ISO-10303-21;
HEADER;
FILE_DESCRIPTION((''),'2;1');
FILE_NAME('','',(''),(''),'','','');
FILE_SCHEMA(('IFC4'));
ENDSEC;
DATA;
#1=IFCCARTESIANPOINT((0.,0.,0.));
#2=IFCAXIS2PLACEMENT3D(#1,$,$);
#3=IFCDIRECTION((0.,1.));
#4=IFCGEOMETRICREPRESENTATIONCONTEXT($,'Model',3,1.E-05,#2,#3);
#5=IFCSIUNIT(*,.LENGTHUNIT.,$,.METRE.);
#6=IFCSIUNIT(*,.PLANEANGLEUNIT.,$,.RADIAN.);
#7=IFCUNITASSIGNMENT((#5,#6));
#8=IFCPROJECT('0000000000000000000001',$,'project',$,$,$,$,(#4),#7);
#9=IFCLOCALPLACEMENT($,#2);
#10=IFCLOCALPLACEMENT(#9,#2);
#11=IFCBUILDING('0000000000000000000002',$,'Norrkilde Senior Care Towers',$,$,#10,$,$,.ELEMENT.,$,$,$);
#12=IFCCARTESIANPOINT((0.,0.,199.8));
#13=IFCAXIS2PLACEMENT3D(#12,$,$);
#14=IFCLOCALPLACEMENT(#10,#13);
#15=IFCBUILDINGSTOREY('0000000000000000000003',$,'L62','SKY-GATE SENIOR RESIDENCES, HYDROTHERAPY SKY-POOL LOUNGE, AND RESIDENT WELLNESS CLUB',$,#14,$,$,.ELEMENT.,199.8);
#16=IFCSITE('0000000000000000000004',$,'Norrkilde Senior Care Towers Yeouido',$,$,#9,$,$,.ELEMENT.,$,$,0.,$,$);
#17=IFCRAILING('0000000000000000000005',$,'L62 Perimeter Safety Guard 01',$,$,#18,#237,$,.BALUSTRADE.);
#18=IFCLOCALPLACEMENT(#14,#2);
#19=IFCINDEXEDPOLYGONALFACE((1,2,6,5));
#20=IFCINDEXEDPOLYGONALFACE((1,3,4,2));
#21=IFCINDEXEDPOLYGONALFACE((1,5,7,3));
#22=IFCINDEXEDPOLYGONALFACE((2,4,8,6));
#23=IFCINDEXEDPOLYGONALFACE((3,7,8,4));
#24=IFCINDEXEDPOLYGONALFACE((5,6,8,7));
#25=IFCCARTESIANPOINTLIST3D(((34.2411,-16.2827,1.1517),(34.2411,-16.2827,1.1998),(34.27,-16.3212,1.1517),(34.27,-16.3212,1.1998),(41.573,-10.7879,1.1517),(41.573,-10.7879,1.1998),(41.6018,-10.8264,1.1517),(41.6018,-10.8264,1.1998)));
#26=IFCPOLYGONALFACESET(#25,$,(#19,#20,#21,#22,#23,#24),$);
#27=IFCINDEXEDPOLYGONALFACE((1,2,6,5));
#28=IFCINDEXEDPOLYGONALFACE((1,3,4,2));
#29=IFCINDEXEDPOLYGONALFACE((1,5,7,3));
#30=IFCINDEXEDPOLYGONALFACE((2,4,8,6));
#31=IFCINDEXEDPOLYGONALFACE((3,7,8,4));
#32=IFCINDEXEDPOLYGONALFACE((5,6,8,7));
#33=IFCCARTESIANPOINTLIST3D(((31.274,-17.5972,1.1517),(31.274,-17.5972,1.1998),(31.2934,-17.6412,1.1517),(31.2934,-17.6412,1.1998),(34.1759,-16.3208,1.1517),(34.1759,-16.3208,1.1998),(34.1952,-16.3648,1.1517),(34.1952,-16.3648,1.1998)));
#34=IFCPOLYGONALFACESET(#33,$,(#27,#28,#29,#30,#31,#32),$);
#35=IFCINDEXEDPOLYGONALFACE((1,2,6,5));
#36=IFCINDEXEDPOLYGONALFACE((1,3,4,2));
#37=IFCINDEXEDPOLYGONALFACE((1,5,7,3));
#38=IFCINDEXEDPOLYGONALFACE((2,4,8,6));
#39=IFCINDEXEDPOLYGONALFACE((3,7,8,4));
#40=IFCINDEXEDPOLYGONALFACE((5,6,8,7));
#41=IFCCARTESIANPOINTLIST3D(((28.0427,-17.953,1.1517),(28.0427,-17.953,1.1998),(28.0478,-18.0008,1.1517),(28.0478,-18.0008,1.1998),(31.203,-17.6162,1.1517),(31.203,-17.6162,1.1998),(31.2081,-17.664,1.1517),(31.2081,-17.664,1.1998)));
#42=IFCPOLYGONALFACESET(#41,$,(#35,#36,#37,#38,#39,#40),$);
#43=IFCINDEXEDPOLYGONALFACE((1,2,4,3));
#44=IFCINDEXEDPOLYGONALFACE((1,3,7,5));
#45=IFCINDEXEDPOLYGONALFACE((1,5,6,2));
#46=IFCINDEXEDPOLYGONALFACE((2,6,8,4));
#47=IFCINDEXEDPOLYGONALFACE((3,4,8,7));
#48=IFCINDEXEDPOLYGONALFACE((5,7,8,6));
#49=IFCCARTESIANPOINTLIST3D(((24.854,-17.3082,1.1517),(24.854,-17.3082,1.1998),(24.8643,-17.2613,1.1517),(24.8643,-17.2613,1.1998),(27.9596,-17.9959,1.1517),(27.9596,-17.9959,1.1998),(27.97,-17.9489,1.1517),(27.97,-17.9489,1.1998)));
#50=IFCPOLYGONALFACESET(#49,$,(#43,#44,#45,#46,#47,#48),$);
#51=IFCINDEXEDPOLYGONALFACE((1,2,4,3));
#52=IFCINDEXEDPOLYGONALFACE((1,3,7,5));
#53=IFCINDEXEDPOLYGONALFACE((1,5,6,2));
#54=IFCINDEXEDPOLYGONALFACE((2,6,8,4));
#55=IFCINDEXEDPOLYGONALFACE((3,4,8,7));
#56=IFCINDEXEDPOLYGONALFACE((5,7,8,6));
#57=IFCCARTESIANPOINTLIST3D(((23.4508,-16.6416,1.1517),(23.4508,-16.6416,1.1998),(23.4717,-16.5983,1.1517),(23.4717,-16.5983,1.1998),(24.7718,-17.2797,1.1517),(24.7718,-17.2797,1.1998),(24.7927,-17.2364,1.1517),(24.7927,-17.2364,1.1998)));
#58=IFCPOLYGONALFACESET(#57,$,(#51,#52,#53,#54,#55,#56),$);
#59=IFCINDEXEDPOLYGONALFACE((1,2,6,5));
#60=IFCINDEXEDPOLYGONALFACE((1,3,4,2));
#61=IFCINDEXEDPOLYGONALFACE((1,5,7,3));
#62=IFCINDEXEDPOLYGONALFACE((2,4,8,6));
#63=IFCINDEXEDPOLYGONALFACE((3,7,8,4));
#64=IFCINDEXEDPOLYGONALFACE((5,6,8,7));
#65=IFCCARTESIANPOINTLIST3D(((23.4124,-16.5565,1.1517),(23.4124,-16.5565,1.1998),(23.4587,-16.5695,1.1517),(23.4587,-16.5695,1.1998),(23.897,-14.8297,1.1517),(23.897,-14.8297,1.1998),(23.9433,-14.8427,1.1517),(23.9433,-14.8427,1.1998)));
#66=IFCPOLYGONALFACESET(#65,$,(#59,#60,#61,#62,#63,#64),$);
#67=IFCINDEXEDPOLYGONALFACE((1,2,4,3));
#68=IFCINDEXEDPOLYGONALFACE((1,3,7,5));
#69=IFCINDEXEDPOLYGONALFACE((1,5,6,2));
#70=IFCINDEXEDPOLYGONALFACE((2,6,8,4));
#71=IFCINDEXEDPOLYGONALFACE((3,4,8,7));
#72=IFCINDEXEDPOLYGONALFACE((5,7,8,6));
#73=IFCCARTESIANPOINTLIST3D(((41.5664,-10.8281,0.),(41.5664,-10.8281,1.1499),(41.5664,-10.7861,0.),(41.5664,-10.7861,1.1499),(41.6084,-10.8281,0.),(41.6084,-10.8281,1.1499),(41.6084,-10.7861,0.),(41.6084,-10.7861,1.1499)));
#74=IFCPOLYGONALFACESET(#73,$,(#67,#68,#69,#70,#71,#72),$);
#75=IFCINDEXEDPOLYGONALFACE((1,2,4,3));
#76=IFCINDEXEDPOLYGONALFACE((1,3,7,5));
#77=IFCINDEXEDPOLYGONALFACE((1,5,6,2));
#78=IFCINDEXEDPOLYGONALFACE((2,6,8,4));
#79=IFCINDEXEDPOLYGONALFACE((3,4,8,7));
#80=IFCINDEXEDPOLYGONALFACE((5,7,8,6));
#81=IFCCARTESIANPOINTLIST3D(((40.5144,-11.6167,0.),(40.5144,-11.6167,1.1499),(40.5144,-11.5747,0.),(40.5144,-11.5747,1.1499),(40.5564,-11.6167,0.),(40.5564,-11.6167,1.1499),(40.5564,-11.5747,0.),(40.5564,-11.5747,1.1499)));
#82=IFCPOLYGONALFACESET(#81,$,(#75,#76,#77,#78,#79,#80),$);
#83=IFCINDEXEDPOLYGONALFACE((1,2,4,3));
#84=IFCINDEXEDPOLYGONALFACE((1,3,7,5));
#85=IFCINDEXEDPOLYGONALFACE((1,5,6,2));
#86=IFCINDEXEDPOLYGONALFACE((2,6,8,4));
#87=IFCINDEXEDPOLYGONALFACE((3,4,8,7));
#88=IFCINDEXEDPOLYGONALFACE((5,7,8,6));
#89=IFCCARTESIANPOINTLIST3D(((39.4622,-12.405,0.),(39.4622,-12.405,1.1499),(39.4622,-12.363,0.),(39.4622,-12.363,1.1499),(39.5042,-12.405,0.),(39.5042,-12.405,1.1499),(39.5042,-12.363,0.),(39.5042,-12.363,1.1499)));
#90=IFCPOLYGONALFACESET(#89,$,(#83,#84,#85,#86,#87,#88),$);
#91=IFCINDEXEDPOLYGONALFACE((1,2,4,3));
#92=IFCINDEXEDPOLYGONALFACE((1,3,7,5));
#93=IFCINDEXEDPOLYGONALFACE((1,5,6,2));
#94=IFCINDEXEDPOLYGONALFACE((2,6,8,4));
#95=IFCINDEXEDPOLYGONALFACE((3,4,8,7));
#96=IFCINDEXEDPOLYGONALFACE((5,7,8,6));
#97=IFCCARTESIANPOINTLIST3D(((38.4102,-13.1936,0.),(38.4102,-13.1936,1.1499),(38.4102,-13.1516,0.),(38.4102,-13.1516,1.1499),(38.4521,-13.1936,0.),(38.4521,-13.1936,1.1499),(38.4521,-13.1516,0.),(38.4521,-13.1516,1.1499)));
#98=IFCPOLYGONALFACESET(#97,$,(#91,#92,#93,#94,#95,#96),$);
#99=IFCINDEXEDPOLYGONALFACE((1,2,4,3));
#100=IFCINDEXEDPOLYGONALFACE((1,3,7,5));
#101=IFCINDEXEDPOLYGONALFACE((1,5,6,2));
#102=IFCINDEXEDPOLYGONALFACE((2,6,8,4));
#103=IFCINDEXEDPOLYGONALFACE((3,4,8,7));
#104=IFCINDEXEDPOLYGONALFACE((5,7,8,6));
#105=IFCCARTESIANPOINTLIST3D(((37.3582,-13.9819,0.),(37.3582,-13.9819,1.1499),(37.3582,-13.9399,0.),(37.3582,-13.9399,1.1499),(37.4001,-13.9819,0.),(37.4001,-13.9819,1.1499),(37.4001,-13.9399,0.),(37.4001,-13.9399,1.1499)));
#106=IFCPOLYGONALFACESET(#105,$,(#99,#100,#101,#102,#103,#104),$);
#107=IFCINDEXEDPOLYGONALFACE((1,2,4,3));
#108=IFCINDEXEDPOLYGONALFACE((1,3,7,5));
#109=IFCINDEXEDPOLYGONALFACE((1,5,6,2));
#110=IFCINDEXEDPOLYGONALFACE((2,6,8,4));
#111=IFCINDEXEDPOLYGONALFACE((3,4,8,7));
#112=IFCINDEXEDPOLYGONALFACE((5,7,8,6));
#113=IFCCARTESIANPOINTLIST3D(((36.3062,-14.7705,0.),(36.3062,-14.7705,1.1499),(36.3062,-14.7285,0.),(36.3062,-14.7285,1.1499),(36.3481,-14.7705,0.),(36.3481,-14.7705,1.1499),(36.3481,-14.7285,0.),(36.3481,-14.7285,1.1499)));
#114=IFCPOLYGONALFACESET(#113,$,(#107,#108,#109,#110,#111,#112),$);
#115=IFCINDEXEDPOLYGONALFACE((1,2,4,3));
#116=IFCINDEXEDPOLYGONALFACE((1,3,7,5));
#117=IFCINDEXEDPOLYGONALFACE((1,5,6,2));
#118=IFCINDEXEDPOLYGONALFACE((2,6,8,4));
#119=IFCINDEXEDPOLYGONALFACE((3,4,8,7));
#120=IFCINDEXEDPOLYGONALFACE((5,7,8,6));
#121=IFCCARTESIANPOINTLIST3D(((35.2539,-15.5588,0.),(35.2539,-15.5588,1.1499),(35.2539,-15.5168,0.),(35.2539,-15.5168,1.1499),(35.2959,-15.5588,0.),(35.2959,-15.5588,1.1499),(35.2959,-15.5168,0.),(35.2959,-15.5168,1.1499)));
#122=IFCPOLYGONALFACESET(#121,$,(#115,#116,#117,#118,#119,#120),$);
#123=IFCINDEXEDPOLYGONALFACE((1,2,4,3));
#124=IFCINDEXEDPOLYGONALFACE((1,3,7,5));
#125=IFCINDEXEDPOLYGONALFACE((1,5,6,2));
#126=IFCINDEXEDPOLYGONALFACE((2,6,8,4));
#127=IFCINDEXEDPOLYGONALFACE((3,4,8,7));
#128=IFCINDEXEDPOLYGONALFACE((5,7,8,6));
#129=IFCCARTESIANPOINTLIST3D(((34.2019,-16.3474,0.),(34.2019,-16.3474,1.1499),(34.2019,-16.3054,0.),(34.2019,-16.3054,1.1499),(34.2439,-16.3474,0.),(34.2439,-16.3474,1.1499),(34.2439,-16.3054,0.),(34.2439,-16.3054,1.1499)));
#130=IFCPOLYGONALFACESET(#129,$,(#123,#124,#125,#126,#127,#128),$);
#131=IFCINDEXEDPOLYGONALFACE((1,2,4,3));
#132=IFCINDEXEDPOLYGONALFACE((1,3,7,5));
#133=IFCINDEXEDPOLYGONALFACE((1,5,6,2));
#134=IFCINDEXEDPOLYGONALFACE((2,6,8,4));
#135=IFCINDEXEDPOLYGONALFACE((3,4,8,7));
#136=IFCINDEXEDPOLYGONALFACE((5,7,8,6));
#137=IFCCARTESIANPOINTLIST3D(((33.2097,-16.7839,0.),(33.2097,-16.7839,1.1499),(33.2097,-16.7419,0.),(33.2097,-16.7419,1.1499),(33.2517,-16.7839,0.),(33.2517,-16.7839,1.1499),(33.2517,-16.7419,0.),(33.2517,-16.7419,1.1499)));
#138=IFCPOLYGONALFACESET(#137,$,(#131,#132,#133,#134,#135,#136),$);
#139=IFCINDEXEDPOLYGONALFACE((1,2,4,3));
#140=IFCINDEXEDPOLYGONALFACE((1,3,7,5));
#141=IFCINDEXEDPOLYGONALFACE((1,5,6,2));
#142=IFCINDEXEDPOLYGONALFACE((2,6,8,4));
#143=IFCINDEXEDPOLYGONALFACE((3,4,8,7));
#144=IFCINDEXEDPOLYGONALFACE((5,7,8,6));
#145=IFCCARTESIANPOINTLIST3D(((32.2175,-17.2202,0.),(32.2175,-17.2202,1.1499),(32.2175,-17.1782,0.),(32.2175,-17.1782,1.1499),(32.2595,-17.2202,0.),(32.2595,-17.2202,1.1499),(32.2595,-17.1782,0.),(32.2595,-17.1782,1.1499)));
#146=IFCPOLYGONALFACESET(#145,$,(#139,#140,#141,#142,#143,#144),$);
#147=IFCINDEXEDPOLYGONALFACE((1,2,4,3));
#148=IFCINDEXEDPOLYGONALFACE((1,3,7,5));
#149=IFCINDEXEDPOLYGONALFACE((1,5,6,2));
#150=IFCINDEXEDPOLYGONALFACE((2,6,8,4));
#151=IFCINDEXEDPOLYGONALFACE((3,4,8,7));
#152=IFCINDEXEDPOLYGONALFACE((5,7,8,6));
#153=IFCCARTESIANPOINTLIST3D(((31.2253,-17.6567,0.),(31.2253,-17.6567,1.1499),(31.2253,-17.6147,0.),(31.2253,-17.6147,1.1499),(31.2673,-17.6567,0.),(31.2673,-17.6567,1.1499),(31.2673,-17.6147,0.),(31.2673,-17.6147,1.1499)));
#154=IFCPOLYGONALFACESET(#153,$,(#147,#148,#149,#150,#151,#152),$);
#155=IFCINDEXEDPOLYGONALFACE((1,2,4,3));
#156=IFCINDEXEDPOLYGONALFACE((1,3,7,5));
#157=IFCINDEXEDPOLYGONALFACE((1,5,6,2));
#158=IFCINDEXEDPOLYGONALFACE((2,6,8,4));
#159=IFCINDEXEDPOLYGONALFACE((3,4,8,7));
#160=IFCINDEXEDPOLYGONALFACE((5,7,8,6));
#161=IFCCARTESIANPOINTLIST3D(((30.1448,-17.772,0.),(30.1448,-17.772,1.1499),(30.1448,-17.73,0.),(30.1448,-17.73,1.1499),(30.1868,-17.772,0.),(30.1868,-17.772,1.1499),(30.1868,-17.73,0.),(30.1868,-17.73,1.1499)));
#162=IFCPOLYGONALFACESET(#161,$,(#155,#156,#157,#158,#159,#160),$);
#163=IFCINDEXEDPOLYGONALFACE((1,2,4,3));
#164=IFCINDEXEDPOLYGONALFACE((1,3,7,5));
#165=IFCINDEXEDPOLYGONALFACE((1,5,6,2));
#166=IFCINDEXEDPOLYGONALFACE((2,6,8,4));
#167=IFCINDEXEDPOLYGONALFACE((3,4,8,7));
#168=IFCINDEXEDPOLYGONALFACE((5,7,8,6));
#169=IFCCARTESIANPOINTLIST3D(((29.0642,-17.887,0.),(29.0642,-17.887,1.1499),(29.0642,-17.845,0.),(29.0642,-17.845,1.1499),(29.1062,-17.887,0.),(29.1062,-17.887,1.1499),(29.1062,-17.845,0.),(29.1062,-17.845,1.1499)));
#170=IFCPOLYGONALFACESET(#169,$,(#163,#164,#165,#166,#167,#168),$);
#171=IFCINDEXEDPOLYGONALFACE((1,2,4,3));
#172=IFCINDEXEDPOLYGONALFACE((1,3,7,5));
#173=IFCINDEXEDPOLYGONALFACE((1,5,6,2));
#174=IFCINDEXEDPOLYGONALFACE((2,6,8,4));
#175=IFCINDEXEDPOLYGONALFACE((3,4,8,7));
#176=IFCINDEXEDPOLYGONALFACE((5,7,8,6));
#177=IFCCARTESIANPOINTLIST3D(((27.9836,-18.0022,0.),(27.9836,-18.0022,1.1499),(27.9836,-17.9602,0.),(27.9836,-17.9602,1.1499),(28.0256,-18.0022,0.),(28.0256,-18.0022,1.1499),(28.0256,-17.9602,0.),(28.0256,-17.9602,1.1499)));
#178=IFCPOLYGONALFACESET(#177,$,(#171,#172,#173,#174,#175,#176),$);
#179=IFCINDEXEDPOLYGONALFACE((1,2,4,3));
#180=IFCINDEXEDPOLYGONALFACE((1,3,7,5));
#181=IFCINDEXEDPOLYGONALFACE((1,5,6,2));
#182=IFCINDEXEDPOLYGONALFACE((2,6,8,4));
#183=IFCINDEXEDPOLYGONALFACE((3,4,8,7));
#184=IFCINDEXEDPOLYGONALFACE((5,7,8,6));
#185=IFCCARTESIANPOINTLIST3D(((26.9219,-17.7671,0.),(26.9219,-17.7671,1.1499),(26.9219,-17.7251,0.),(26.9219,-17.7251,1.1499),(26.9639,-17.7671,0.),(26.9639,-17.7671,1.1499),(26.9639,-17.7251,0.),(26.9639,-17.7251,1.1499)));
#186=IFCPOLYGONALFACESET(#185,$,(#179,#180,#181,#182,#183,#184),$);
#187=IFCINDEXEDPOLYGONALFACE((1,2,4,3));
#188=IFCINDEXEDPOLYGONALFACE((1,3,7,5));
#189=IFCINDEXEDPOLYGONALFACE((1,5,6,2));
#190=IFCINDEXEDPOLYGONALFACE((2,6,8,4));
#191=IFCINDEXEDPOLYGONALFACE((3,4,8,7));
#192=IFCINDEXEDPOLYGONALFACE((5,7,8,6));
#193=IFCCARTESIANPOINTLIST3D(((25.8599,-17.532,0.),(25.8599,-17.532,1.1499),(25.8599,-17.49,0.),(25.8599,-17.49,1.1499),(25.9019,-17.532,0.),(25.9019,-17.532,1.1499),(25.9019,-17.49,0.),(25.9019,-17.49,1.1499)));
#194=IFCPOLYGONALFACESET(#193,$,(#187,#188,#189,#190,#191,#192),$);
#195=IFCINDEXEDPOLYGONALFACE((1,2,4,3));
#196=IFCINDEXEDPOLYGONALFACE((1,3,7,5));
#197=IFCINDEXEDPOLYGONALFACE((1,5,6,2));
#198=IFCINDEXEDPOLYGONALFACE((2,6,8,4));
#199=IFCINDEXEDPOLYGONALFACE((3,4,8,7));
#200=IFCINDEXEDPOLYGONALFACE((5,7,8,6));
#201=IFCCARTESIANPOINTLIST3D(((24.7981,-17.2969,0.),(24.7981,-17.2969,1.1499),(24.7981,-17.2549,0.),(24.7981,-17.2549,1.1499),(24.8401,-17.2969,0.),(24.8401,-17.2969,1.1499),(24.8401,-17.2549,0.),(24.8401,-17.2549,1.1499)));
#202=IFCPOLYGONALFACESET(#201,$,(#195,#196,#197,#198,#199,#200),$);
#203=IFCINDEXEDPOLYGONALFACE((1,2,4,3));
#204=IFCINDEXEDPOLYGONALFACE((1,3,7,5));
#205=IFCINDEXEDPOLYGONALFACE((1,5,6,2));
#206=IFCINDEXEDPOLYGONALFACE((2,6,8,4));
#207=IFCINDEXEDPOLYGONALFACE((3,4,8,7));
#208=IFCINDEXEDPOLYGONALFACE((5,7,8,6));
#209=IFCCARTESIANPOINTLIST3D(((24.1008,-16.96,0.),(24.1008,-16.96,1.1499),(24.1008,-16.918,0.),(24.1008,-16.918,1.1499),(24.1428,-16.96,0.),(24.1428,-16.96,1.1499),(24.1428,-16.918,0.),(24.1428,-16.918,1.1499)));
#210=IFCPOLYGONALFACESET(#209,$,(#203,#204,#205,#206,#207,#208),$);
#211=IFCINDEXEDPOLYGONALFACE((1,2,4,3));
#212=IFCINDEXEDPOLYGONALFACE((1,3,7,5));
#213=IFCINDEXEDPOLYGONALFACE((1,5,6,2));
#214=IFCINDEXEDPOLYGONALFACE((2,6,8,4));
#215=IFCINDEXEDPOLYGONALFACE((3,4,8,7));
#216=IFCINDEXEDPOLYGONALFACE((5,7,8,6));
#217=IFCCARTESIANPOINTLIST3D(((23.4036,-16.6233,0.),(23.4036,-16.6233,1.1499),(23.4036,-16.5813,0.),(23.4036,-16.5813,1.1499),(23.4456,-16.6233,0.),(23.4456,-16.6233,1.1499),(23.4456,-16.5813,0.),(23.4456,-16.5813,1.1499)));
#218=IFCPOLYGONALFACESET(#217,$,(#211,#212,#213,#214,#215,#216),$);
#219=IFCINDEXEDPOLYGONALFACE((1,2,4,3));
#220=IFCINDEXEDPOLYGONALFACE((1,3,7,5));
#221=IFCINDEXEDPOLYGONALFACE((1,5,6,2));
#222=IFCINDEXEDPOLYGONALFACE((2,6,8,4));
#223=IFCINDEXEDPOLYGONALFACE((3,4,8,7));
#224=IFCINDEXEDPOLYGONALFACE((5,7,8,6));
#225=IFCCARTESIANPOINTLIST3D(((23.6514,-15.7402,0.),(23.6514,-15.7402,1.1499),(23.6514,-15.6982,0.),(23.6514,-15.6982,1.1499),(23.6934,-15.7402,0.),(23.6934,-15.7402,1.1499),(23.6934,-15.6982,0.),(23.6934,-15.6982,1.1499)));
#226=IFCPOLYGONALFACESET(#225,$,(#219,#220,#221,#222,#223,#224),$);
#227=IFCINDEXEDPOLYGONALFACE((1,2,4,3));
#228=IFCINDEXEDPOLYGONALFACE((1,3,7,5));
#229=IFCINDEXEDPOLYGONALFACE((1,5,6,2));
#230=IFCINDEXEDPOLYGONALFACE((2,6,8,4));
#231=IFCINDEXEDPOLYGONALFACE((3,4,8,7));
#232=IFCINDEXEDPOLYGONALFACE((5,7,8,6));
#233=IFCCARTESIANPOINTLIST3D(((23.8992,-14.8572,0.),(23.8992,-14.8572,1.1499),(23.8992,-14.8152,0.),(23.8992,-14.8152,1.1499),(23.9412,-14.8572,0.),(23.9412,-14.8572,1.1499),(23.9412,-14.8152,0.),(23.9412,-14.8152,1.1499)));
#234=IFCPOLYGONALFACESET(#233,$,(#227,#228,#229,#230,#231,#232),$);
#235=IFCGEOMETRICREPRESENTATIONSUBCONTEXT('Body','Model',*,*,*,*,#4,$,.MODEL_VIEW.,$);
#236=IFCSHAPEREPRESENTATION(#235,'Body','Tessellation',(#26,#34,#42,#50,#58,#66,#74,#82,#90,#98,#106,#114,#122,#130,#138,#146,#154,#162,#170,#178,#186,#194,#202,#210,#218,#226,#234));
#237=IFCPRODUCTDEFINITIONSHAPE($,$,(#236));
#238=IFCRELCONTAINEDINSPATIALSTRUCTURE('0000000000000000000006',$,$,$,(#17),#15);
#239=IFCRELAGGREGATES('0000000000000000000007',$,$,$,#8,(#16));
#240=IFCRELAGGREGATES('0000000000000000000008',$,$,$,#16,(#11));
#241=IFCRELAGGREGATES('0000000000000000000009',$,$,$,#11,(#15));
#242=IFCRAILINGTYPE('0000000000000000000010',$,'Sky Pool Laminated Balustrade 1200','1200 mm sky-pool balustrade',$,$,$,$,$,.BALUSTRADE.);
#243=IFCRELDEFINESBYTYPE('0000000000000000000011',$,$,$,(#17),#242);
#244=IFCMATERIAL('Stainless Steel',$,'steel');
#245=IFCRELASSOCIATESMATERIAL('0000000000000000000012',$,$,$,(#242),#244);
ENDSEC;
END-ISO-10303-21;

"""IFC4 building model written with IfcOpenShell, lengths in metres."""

from ifc_helpers import new_model, si_unit, direction, frame, origin, origin_2d, place, context, subcontext, project, spatial, rectangle, extrude, material, type_object, element, save


model = new_model("IFC4")

# Units and contexts
model_context = context("Model", 3, precision=1e-05, world=origin(), true_north=direction((0.0, 1.0)))
body_context = subcontext(model_context, "Body", "Model", "MODEL_VIEW")
ifc_project = project(units=[si_unit("LENGTHUNIT", "METRE"), si_unit("PLANEANGLEUNIT", "RADIAN")], contexts=[model_context])

# Site, building, storey
site_placement = place(None, origin())
site = spatial("IfcSite", under=ifc_project, at=site_placement, Name="Norrkilde Senior Care Towers Yeouido", CompositionType="ELEMENT", RefElevation=0.0)
building_placement = place(site_placement, origin())
building = spatial("IfcBuilding", under=site, at=building_placement, Name="Norrkilde Senior Care Towers", CompositionType="ELEMENT")
storey_placement = place(building_placement, frame((0.0, 0.0, 199.8)))
storey = spatial("IfcBuildingStorey", under=building, at=storey_placement, Name="L62", Description="SKY-GATE SENIOR RESIDENCES, HYDROTHERAPY SKY-POOL LOUNGE, AND RESIDENT WELLNESS CLUB", CompositionType="ELEMENT", Elevation=199.8)

# Railing
ifc_material_1 = material(Name="Stainless Steel", Category="steel")
railing_type = type_object("IfcRailingType", Name="Sky Pool Laminated Balustrade 1200", Description="1200 mm sky-pool balustrade", PredefinedType="BALUSTRADE", material=ifc_material_1)
railing_placement = place(storey_placement, frame((41.5874, -10.8071, 0.0)))
element("IfcRailing", 1, at=railing_placement, inside=storey, type_object=railing_type, Name="L62 Perimeter Safety Guard 01", PredefinedType="BALUSTRADE", context=body_context, shape_type="SweptSolid", body=[
    extrude(rectangle(XDim=0.0481, YDim=0.0481, at=origin_2d()), frame((0.0, 0.0, 1.1758), z_axis=(-0.800213, -0.599716, 0.0), x_axis=(0.599716, -0.800213, 0.0)), (0.0, 0.0, 1.0), 9.1624),
    extrude(rectangle(XDim=0.0481, YDim=0.0481, at=origin_2d()), frame((-7.4019, -5.5356, 1.1758), z_axis=(-0.915356, -0.402646, 0.0), x_axis=(0.402646, -0.915356, 0.0)), (0.0, 0.0, 1.0), 3.1702),
    extrude(rectangle(XDim=0.0481, YDim=0.0481, at=origin_2d()), frame((-10.3818, -6.833, 1.1758), z_axis=(-0.99437, -0.105967, 0.0), x_axis=(0.105967, -0.99437, 0.0)), (0.0, 0.0, 1.0), 3.1782),
    extrude(rectangle(XDim=0.0481, YDim=0.0481, at=origin_2d()), frame((-13.6226, -7.1653, 1.1758), z_axis=(-0.976354, 0.216178, 0.0), x_axis=(-0.216178, -0.976354, 0.0)), (0.0, 0.0, 1.0), 3.1809),
    extrude(rectangle(XDim=0.0481, YDim=0.0481, at=origin_2d()), frame((-16.8052, -6.4509, 1.1758), z_axis=(-0.90046, 0.434939, 0.0), x_axis=(-0.434939, -0.90046, 0.0)), (0.0, 0.0, 1.0), 1.467),
    extrude(rectangle(XDim=0.0481, YDim=0.0481, at=origin_2d()), frame((-18.1519, -5.7559, 1.1758), z_axis=(0.270183, 0.962809, 0.0), x_axis=(-0.962809, 0.270183, 0.0)), (0.0, 0.0, 1.0), 1.7935),
    extrude(rectangle(XDim=0.042, YDim=0.042, at=origin_2d()), origin(), (0.0, 0.0, 1.0), 1.1499),
    extrude(rectangle(XDim=0.042, YDim=0.042, at=origin_2d()), frame((-1.052, -0.7886, 0.0)), (0.0, 0.0, 1.0), 1.1499),
    extrude(rectangle(XDim=0.042, YDim=0.042, at=origin_2d()), frame((-2.1042, -1.5769, 0.0)), (0.0, 0.0, 1.0), 1.1499),
    extrude(rectangle(XDim=0.042, YDim=0.042, at=origin_2d()), frame((-3.1562, -2.3655, 0.0)), (0.0, 0.0, 1.0), 1.1499),
    extrude(rectangle(XDim=0.042, YDim=0.042, at=origin_2d()), frame((-4.2083, -3.1538, 0.0)), (0.0, 0.0, 1.0), 1.1499),
    extrude(rectangle(XDim=0.042, YDim=0.042, at=origin_2d()), frame((-5.2603, -3.9424, 0.0)), (0.0, 0.0, 1.0), 1.1499),
    extrude(rectangle(XDim=0.042, YDim=0.042, at=origin_2d()), frame((-6.3125, -4.7307, 0.0)), (0.0, 0.0, 1.0), 1.1499),
    extrude(rectangle(XDim=0.042, YDim=0.042, at=origin_2d()), frame((-7.3645, -5.5193, 0.0)), (0.0, 0.0, 1.0), 1.1499),
    extrude(rectangle(XDim=0.042, YDim=0.042, at=origin_2d()), frame((-8.3567, -5.9558, 0.0)), (0.0, 0.0, 1.0), 1.1499),
    extrude(rectangle(XDim=0.042, YDim=0.042, at=origin_2d()), frame((-9.3489, -6.3921, 0.0)), (0.0, 0.0, 1.0), 1.1499),
    extrude(rectangle(XDim=0.042, YDim=0.042, at=origin_2d()), frame((-10.3411, -6.8286, 0.0)), (0.0, 0.0, 1.0), 1.1499),
    extrude(rectangle(XDim=0.042, YDim=0.042, at=origin_2d()), frame((-11.4216, -6.9438, 0.0)), (0.0, 0.0, 1.0), 1.1499),
    extrude(rectangle(XDim=0.042, YDim=0.042, at=origin_2d()), frame((-12.5022, -7.0588, 0.0)), (0.0, 0.0, 1.0), 1.1499),
    extrude(rectangle(XDim=0.042, YDim=0.042, at=origin_2d()), frame((-13.5828, -7.1741, 0.0)), (0.0, 0.0, 1.0), 1.1499),
    extrude(rectangle(XDim=0.042, YDim=0.042, at=origin_2d()), frame((-14.6445, -6.939, 0.0)), (0.0, 0.0, 1.0), 1.1499),
    extrude(rectangle(XDim=0.042, YDim=0.042, at=origin_2d()), frame((-15.7065, -6.7039, 0.0)), (0.0, 0.0, 1.0), 1.1499),
    extrude(rectangle(XDim=0.042, YDim=0.042, at=origin_2d()), frame((-16.7683, -6.4688, 0.0)), (0.0, 0.0, 1.0), 1.1499),
    extrude(rectangle(XDim=0.042, YDim=0.042, at=origin_2d()), frame((-17.4656, -6.1318, 0.0)), (0.0, 0.0, 1.0), 1.1499),
    extrude(rectangle(XDim=0.042, YDim=0.042, at=origin_2d()), frame((-18.1628, -5.7952, 0.0)), (0.0, 0.0, 1.0), 1.1499),
    extrude(rectangle(XDim=0.042, YDim=0.042, at=origin_2d()), frame((-17.915, -4.9121, 0.0)), (0.0, 0.0, 1.0), 1.1499),
    extrude(rectangle(XDim=0.042, YDim=0.042, at=origin_2d()), frame((-17.6672, -4.0291, 0.0)), (0.0, 0.0, 1.0), 1.1499),
])

save(model, "model.ifc")
